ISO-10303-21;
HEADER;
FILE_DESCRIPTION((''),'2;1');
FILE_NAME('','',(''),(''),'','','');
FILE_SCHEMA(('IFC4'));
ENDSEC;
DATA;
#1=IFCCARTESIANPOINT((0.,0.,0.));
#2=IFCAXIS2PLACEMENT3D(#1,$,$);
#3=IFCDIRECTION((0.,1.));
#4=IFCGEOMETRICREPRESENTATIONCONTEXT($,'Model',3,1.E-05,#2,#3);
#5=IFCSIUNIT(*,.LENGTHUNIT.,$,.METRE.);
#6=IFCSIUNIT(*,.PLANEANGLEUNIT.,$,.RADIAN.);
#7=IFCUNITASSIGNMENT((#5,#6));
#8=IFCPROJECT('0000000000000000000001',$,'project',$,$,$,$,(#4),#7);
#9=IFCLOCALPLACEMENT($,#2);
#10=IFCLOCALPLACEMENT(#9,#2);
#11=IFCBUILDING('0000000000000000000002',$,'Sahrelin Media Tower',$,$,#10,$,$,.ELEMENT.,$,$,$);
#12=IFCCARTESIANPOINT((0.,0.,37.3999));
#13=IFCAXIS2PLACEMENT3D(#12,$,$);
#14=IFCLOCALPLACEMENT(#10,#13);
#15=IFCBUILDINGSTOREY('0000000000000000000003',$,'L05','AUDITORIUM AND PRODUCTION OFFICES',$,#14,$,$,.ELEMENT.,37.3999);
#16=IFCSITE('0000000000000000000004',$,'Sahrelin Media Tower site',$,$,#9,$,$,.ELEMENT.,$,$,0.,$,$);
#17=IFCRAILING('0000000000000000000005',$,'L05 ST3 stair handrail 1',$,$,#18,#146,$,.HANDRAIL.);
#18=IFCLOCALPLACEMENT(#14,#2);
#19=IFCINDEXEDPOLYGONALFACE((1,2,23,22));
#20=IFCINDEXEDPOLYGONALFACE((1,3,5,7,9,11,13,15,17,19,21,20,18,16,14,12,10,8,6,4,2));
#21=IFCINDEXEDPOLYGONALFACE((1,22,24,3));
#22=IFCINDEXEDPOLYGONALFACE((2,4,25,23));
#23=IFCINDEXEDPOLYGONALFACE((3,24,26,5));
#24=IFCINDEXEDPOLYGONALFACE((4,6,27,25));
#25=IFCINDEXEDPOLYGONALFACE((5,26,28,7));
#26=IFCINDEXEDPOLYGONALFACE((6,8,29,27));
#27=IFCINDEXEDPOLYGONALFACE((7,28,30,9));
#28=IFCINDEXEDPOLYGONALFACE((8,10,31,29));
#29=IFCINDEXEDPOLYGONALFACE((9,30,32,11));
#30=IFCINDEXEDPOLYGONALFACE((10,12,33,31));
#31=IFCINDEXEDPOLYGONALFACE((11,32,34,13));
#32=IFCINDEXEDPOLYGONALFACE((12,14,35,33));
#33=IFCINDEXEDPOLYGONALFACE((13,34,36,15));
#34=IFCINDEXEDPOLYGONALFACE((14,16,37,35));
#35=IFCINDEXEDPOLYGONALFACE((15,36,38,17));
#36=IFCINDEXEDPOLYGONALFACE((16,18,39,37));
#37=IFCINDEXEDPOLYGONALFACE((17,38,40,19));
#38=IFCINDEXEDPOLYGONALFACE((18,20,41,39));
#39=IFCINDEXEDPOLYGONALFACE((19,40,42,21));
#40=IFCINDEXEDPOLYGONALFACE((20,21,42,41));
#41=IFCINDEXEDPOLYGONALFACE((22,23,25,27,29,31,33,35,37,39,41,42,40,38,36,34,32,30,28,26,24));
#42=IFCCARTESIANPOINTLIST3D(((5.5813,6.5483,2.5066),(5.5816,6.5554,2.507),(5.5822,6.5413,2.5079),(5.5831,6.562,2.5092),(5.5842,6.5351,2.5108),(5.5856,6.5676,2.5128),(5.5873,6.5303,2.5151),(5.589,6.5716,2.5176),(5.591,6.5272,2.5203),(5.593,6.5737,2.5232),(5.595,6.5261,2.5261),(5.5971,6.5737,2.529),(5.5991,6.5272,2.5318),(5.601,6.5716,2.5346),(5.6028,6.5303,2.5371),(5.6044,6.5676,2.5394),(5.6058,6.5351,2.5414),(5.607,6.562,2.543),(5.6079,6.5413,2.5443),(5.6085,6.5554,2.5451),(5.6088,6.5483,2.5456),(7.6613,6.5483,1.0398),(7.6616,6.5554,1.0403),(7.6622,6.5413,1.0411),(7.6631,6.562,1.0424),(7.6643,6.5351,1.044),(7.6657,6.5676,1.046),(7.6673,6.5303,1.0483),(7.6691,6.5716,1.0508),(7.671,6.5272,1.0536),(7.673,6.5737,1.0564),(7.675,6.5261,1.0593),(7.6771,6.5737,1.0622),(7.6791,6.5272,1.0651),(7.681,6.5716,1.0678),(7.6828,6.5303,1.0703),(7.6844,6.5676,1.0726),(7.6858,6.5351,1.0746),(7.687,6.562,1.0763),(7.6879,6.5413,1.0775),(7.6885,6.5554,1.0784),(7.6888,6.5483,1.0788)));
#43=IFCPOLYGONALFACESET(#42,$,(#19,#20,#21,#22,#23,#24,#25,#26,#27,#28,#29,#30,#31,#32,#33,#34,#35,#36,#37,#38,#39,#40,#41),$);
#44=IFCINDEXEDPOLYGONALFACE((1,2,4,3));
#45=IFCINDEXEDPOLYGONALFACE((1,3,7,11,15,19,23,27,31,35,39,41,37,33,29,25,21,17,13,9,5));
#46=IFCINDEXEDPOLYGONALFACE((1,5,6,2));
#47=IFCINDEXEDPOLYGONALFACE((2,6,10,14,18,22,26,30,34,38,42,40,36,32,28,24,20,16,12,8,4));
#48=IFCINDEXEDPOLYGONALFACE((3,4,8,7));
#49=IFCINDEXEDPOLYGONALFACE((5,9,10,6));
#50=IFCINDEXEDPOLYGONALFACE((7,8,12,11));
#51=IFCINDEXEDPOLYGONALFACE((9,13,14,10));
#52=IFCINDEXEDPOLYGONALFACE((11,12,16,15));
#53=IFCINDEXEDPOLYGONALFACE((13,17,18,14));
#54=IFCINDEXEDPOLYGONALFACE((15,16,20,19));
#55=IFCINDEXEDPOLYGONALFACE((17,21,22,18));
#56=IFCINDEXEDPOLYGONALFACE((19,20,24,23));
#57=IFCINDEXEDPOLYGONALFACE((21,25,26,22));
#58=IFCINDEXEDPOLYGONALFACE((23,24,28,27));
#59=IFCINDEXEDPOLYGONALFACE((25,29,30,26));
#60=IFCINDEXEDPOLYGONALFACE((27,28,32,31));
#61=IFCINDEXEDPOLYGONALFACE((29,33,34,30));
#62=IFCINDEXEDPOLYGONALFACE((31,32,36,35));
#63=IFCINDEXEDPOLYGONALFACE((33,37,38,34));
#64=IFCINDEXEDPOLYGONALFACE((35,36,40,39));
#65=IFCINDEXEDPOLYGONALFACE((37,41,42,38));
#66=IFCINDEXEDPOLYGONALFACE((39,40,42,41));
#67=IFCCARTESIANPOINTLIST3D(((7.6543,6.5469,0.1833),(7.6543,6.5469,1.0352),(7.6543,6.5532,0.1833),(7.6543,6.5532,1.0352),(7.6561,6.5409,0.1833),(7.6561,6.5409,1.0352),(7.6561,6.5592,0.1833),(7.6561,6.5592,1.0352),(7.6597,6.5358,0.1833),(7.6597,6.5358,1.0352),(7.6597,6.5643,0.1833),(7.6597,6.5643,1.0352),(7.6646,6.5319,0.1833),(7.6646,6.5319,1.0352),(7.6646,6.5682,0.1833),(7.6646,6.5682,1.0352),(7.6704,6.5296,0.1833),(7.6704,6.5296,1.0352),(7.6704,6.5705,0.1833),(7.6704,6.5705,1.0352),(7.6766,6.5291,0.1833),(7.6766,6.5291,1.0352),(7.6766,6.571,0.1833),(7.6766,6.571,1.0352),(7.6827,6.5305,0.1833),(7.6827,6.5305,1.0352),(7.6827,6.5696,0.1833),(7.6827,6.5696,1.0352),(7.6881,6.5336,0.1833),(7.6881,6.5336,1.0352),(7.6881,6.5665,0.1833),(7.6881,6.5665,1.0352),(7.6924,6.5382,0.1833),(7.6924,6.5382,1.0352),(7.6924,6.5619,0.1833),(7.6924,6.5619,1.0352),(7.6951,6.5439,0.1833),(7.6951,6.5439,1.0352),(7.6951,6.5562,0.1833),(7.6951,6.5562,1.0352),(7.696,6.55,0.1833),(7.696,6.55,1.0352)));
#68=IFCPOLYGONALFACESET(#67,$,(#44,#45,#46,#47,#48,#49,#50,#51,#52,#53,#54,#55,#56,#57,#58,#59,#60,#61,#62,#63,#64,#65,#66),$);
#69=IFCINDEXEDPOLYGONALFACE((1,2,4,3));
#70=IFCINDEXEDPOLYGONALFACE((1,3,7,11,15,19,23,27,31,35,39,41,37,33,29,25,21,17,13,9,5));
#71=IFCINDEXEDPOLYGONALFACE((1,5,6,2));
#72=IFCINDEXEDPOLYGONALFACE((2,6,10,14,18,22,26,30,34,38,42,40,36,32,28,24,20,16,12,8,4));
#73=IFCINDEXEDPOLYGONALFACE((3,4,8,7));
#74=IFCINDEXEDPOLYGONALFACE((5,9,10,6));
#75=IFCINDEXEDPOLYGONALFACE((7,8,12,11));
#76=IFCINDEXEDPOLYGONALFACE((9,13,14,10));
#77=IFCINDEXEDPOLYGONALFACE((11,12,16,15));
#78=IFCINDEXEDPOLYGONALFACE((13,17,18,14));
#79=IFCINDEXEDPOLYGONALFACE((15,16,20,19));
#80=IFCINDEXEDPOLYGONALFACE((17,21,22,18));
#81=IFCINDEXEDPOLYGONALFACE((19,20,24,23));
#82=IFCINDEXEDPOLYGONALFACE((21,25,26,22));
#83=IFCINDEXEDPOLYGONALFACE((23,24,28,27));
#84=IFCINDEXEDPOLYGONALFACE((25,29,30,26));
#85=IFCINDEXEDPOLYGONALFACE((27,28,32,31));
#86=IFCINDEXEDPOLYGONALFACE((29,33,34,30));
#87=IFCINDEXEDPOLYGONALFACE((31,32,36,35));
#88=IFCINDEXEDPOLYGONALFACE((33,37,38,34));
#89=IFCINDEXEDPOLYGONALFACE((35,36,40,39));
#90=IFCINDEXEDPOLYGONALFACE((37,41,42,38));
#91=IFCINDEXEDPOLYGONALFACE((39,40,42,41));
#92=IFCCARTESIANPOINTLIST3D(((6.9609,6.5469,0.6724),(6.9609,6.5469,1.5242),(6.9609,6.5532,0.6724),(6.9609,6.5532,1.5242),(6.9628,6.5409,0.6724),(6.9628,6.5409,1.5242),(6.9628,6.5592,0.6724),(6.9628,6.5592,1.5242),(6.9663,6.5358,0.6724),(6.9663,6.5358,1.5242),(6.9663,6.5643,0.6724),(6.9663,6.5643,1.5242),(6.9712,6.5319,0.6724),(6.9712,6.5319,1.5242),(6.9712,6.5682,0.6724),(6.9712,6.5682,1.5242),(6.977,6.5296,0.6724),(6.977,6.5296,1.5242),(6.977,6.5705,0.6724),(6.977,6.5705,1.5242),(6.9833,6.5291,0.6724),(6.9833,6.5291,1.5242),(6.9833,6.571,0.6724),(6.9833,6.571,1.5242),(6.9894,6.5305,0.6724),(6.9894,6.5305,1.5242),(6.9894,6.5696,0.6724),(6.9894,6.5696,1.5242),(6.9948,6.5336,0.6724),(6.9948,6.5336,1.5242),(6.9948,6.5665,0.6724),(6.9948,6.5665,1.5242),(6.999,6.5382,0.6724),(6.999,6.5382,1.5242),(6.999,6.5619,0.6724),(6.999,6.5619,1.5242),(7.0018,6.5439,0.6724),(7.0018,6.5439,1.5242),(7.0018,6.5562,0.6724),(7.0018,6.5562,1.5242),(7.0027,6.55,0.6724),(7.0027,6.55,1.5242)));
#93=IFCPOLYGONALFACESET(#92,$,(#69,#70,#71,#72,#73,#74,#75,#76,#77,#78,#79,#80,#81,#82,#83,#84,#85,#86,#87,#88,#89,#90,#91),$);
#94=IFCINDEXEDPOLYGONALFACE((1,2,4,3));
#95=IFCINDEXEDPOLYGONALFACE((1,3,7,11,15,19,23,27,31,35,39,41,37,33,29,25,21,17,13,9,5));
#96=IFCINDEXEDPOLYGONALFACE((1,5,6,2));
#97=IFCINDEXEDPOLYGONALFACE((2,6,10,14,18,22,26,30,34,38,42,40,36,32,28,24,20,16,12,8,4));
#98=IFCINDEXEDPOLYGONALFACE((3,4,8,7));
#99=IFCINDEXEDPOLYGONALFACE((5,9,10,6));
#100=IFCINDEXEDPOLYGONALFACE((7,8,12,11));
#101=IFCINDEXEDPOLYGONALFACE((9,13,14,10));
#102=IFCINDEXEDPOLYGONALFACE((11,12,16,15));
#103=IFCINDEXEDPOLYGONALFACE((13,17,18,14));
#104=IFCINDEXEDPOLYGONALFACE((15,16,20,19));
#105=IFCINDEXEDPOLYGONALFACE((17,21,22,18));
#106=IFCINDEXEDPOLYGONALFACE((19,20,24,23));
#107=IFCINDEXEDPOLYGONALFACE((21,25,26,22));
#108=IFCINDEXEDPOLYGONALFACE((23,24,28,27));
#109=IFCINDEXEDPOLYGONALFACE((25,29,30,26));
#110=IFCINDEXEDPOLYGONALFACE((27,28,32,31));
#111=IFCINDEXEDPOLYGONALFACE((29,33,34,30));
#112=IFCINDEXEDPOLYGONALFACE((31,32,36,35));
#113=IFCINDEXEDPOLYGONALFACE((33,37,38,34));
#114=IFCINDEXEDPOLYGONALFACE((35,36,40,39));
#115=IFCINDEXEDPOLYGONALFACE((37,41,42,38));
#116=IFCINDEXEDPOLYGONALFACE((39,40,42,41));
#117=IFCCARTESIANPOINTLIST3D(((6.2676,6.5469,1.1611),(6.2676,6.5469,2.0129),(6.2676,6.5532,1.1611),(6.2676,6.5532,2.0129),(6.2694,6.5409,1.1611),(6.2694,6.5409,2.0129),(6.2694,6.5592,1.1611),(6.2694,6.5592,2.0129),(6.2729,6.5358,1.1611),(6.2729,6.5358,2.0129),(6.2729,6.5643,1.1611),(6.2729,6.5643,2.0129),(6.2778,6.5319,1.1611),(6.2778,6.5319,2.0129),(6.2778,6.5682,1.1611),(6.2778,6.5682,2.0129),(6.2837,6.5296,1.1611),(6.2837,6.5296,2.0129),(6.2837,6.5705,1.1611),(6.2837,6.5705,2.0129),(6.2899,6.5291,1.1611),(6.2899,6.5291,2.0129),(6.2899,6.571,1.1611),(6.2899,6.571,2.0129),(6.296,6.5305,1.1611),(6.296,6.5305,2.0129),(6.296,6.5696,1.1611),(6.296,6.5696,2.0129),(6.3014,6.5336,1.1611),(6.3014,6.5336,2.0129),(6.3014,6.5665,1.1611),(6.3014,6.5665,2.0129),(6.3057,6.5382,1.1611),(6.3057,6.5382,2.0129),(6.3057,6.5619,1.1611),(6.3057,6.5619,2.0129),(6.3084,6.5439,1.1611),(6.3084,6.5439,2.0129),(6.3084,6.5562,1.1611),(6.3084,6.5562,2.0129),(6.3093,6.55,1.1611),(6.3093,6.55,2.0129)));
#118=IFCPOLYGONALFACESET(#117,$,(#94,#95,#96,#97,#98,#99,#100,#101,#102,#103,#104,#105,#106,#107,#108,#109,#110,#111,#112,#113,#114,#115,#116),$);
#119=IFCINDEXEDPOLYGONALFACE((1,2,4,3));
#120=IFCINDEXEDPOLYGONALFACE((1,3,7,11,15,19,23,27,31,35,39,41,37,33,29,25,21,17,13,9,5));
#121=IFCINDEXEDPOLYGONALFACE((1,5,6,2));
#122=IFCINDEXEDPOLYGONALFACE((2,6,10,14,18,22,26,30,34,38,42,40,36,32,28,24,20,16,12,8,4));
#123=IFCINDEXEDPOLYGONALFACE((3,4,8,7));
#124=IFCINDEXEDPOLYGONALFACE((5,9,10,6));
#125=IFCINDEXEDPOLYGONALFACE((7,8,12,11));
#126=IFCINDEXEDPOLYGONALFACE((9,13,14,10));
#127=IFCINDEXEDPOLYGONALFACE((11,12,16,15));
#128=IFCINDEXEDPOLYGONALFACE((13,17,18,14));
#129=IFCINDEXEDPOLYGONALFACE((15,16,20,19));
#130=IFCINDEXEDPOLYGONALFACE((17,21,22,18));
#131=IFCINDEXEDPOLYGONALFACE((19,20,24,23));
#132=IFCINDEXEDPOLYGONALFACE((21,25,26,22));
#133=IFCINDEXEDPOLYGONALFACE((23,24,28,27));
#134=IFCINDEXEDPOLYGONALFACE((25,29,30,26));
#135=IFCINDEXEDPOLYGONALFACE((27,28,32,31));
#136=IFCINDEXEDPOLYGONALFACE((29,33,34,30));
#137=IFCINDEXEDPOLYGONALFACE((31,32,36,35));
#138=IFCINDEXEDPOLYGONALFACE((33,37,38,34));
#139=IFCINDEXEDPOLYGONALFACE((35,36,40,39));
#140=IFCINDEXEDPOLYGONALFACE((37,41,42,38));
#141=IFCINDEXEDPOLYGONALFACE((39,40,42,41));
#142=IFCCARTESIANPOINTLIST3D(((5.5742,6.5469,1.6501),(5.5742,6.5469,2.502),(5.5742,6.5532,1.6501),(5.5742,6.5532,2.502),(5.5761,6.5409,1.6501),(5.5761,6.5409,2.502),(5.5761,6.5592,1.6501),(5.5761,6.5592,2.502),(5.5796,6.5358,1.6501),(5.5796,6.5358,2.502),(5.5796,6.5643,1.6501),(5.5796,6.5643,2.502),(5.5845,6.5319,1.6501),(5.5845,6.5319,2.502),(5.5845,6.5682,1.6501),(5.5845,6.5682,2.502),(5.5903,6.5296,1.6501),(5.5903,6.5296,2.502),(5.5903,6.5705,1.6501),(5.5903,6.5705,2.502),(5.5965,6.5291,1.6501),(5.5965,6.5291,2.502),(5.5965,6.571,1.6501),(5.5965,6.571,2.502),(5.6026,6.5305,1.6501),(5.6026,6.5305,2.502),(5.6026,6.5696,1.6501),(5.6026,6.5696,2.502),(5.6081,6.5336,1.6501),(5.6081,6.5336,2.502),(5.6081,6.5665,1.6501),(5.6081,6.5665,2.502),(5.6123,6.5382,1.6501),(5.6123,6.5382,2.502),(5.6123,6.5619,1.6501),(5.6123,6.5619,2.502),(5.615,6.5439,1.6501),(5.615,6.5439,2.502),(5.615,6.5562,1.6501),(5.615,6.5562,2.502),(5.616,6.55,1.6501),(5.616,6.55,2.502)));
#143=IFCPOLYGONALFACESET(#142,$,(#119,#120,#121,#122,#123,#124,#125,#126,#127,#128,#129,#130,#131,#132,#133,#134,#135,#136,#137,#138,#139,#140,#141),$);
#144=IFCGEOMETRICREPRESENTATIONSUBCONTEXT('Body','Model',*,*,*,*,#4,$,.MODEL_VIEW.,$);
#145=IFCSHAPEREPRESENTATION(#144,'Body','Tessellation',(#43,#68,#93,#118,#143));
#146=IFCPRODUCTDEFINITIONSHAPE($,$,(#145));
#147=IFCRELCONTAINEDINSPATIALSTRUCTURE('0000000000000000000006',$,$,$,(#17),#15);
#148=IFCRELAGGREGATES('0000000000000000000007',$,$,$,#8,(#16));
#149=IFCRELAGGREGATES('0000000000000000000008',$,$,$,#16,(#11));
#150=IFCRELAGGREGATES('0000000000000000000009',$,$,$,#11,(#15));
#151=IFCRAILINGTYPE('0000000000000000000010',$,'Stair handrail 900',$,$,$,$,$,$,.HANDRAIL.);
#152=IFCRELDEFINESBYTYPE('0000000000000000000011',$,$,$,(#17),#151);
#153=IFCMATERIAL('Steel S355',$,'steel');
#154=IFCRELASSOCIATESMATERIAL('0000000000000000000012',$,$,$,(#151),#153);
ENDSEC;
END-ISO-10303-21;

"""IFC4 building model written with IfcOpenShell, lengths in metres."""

from ifc_helpers import new_model, si_unit, direction, frame, origin, origin_2d, place, context, subcontext, project, spatial, circle, extrude, material, type_object, element, save


model = new_model("IFC4")

# Units and contexts
model_context = context("Model", 3, precision=1e-05, world=origin(), true_north=direction((0.0, 1.0)))
body_context = subcontext(model_context, "Body", "Model", "MODEL_VIEW")
ifc_project = project(units=[si_unit("LENGTHUNIT", "METRE"), si_unit("PLANEANGLEUNIT", "RADIAN")], contexts=[model_context])

# Site, building, storey
site_placement = place(None, origin())
site = spatial("IfcSite", under=ifc_project, at=site_placement, Name="Sahrelin Media Tower site", CompositionType="ELEMENT", RefElevation=0.0)
building_placement = place(site_placement, origin())
building = spatial("IfcBuilding", under=site, at=building_placement, Name="Sahrelin Media Tower", CompositionType="ELEMENT")
storey_placement = place(building_placement, frame((0.0, 0.0, 37.3999)))
storey = spatial("IfcBuildingStorey", under=building, at=storey_placement, Name="L05", Description="AUDITORIUM AND PRODUCTION OFFICES", CompositionType="ELEMENT", Elevation=37.3999)

# Shared definitions
ifc_material_1 = material(Name="Steel S355", Category="steel")

# Railing
railing_type_1 = type_object("IfcRailingType", Name="Stair handrail 900", PredefinedType="HANDRAIL", material=ifc_material_1)
for number, where, name in (
    (1, (7.675, 6.55, 0.1833), "L05 ST3 stair handrail 1"),
):
    element("IfcRailing", number, at=place(storey_placement, frame(where)), inside=storey, type_object=railing_type_1, Name=name, PredefinedType="HANDRAIL", context=body_context, shape_type="SweptSolid", body=[
        extrude(circle(Radius=0.0239, at=origin_2d()), frame((0.0, 0.0, 0.876), z_axis=(-0.817244, 0.0, 0.576291), x_axis=(0.0, -1.0, 0.0)), (0.0, 0.0, 1.0), 2.5452),
        extrude(circle(Radius=0.021, at=origin_2d()), origin(), (0.0, 0.0, 1.0), 0.8518),
        extrude(circle(Radius=0.021, at=origin_2d()), frame((-0.6934, 0.0, 0.489)), (0.0, 0.0, 1.0), 0.8518),
        extrude(circle(Radius=0.021, at=origin_2d()), frame((-1.3867, 0.0, 0.9778)), (0.0, 0.0, 1.0), 0.8518),
        extrude(circle(Radius=0.021, at=origin_2d()), frame((-2.0801, 0.0, 1.4668)), (0.0, 0.0, 1.0), 0.8518),
    ])

save(model, "model.ifc")
